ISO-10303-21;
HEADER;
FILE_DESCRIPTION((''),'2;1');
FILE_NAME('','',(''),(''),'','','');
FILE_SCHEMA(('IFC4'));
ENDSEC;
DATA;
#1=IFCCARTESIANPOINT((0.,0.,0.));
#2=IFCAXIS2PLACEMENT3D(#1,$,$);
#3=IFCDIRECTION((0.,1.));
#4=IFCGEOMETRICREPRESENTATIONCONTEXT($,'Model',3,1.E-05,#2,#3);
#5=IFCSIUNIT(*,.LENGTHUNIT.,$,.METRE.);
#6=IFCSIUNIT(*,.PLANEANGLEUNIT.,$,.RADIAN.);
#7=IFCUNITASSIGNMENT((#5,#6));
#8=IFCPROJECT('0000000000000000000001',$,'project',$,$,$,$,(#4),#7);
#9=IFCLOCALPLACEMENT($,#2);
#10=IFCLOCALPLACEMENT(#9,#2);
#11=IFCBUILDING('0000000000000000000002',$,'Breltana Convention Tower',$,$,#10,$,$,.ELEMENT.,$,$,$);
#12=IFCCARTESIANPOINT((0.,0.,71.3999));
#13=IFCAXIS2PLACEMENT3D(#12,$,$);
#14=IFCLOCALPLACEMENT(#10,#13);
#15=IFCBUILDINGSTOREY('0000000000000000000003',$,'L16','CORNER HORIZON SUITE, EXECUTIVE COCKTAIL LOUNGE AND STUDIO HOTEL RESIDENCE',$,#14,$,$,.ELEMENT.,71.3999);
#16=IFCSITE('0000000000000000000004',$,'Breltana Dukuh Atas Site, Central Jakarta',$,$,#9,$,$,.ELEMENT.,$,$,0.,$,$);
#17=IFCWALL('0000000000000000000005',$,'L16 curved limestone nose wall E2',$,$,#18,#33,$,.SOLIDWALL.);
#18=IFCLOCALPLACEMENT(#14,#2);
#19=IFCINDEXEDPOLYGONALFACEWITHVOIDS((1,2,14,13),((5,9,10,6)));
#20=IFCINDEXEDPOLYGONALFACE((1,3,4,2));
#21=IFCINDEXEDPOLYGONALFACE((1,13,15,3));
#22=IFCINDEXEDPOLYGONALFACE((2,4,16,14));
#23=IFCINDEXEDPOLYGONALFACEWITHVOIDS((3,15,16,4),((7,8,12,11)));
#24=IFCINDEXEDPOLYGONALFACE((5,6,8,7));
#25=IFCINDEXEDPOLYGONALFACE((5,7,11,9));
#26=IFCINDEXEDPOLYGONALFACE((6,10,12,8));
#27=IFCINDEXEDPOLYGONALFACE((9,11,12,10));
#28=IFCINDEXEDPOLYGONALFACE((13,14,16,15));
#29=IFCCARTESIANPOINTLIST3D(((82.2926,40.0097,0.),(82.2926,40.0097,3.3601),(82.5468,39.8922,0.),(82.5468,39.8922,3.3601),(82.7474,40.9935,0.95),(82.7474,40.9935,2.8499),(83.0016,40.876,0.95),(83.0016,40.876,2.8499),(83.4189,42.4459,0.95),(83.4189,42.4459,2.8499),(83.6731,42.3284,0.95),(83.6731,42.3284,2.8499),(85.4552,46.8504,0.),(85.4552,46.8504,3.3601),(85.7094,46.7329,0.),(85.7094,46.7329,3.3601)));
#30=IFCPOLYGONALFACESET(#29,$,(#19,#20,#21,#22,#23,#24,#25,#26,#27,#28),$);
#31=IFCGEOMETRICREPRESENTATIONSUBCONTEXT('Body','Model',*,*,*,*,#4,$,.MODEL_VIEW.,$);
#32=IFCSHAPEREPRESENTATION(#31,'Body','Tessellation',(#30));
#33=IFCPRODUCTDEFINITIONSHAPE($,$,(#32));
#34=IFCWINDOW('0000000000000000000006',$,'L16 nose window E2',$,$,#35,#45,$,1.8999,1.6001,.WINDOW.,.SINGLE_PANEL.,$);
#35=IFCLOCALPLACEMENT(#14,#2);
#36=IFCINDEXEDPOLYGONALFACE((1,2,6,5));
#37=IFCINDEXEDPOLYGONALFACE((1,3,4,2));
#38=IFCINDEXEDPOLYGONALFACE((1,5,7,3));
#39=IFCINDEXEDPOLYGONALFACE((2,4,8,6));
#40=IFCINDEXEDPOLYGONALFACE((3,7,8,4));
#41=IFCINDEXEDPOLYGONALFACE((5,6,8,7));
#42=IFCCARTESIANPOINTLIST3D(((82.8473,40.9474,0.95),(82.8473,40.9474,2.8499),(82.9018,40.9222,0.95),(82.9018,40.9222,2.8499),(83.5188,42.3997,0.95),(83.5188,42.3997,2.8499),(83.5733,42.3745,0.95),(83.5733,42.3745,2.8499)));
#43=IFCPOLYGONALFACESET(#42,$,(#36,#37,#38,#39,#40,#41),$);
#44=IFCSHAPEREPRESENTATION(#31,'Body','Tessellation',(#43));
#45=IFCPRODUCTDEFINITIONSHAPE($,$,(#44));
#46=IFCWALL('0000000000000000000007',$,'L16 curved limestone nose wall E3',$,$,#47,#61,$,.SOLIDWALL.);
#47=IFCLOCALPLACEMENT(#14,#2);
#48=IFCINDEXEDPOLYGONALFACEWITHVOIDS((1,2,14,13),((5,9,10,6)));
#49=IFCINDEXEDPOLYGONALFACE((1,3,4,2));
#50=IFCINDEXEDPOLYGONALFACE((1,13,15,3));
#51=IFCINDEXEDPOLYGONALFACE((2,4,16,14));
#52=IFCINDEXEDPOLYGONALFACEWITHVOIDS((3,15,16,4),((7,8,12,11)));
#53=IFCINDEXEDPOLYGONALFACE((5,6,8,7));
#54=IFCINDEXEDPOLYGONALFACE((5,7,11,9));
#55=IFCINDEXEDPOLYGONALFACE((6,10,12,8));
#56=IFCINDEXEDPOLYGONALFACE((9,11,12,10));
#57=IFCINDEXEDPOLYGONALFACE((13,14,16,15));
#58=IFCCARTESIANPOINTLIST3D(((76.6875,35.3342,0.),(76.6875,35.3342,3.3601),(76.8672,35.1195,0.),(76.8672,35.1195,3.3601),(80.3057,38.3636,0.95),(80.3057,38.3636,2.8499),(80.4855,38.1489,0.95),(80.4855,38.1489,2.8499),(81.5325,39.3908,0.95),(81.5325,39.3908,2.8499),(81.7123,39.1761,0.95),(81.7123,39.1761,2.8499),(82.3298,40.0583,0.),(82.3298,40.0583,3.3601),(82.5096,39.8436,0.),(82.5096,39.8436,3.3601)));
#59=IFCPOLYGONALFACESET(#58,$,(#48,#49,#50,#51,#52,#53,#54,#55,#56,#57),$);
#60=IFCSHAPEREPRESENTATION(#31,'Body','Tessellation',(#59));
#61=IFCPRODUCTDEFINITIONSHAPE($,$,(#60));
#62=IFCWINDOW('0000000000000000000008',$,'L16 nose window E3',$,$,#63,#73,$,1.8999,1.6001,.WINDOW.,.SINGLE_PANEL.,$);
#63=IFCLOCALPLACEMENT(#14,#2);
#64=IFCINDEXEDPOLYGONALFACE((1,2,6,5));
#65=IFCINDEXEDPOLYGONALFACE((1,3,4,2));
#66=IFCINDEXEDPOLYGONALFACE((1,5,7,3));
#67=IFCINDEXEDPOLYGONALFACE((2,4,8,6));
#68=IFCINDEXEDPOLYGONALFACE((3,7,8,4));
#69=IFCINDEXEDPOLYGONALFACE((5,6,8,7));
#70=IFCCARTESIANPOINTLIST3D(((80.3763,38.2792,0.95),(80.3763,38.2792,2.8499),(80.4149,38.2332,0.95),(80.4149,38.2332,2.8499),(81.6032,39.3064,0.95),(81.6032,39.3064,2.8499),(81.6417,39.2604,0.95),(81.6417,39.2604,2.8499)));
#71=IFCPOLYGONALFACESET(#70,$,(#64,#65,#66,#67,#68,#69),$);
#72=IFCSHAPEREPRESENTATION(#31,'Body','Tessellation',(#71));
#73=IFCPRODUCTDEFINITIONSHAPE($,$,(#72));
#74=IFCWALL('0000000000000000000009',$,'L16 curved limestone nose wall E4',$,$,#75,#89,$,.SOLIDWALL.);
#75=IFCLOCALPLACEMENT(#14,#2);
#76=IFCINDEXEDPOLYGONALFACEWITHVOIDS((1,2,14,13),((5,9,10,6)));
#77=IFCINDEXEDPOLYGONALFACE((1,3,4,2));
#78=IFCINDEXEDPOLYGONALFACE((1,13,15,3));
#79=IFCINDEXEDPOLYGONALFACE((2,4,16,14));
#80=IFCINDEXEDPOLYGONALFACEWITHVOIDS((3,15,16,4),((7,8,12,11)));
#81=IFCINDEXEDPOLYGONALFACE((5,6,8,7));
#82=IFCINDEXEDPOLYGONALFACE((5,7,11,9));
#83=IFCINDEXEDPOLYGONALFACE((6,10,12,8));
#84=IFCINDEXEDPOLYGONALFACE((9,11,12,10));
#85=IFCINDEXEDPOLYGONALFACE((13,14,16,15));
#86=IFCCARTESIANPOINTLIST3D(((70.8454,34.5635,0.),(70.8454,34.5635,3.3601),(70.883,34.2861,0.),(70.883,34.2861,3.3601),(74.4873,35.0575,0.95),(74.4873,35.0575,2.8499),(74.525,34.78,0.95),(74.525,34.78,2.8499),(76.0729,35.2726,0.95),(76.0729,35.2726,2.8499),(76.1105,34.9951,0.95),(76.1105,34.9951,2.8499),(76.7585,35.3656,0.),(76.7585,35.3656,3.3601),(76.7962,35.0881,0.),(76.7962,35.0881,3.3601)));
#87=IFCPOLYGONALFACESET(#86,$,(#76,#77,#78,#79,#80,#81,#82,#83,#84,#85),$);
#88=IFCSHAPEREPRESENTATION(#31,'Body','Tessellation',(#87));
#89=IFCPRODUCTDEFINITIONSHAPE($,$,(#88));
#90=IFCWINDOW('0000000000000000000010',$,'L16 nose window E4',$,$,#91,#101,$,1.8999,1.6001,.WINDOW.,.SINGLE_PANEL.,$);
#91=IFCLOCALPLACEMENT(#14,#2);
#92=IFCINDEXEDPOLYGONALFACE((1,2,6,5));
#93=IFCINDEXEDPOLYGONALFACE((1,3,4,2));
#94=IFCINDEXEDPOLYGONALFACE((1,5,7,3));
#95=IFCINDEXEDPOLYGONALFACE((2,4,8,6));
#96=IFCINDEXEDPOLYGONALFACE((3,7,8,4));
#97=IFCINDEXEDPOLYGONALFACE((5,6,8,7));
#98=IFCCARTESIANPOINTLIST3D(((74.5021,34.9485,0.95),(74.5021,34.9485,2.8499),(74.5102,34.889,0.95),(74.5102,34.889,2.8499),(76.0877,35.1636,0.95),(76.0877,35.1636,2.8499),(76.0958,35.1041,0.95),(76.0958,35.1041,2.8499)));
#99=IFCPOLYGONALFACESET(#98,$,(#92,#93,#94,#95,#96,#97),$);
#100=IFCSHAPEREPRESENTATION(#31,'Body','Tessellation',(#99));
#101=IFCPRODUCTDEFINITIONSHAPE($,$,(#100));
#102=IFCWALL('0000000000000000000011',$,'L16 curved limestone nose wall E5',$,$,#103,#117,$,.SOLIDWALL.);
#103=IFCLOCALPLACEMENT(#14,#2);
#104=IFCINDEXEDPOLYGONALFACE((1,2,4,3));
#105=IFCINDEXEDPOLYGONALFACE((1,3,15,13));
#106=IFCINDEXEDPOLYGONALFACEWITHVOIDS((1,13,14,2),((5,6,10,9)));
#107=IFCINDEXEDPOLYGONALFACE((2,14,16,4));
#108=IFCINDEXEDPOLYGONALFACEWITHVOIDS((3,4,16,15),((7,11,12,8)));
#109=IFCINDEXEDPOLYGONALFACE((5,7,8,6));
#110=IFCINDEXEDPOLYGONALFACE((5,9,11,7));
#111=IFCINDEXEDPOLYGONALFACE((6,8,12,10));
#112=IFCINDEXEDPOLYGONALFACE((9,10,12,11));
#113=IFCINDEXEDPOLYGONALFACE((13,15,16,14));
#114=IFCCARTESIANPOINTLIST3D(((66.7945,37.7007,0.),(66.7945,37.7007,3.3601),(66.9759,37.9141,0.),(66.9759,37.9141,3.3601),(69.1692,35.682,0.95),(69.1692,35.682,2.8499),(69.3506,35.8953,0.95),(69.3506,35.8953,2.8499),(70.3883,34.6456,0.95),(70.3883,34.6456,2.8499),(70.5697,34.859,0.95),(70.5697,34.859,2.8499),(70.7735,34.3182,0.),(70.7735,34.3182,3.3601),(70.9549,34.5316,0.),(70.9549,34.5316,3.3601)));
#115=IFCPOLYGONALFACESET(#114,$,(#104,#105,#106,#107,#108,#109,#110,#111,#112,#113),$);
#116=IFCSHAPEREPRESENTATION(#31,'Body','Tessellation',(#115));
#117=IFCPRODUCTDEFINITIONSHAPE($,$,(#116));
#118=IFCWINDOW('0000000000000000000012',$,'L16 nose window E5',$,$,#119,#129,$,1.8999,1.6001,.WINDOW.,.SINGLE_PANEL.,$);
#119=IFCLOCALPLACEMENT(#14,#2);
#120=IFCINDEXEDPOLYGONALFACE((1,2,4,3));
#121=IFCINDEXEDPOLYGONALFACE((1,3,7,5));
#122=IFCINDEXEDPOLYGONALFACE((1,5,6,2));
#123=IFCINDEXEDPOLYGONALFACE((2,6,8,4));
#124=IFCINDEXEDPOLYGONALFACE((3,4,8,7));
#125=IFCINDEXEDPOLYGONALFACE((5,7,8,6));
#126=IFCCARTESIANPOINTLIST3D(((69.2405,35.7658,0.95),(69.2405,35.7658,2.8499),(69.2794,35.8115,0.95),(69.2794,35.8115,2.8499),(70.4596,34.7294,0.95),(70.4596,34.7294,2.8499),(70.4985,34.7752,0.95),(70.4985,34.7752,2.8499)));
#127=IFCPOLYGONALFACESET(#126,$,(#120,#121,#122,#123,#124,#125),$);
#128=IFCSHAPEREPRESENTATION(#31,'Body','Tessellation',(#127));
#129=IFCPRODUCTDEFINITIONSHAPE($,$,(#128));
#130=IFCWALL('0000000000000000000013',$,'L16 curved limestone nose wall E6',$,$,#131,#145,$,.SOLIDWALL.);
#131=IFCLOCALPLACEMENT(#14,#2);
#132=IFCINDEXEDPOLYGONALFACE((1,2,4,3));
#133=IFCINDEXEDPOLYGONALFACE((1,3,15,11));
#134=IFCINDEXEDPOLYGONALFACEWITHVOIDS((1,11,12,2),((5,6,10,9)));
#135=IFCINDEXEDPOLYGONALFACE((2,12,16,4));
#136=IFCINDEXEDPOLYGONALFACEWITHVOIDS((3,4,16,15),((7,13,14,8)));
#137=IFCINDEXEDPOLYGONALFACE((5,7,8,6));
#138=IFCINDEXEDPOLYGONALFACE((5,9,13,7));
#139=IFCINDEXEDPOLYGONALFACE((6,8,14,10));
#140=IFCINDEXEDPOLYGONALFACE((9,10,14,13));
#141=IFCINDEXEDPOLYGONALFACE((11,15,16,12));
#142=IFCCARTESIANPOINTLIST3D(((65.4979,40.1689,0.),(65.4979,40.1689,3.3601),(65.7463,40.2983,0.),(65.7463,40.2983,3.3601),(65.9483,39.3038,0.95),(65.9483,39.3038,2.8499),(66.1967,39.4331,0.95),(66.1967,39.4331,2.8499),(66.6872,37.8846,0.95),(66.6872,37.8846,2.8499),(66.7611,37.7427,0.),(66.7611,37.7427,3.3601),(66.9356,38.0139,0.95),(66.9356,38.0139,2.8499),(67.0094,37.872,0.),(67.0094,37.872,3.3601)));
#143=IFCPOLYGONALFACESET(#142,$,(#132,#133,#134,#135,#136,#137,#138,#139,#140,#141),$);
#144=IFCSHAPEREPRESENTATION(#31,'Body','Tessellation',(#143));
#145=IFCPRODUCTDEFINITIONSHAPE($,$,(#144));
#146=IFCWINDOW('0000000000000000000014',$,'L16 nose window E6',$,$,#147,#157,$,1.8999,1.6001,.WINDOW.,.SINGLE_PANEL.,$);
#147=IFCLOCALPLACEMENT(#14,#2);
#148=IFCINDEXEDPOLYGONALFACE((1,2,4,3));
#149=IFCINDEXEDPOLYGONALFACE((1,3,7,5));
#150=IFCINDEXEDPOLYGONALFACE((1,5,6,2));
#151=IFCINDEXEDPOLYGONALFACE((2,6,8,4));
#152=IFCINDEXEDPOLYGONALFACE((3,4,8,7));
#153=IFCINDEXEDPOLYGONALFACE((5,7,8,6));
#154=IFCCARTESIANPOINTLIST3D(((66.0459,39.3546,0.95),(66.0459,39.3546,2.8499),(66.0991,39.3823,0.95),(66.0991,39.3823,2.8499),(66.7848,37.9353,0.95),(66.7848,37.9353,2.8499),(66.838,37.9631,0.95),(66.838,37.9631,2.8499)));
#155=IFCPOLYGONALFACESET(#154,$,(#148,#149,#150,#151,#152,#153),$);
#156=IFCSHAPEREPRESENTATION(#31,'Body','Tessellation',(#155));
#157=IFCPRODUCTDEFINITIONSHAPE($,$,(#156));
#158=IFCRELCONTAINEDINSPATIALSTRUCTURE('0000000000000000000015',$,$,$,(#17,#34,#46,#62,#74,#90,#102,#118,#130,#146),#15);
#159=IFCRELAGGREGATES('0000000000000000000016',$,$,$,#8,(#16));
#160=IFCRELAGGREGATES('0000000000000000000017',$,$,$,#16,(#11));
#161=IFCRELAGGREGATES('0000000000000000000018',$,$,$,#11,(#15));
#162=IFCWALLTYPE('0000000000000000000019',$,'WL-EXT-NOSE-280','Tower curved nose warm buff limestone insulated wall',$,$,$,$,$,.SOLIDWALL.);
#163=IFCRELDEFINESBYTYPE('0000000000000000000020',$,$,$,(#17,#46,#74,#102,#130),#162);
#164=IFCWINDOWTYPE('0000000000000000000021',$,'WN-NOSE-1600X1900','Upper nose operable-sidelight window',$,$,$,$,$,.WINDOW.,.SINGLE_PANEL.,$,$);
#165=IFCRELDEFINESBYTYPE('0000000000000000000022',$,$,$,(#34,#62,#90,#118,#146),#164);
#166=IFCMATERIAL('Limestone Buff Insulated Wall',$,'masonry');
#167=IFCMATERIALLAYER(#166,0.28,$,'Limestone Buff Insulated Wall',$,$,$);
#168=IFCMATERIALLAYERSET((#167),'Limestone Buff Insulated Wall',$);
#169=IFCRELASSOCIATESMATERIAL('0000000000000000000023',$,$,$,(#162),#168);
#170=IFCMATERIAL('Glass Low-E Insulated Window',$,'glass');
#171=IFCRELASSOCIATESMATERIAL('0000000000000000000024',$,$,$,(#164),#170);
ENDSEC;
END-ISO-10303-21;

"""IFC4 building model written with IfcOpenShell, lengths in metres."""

from ifc_helpers import new_model, si_unit, direction, frame, frame_2d, origin, place, context, subcontext, project, spatial, rectangle, extrude, source, transform, mapped, material, layer, layer_set, type_object, type_shapes, element, fill, save


model = new_model("IFC4")

# Units and contexts
model_context = context("Model", 3, precision=1e-05, world=origin(), true_north=direction((0.0, 1.0)))
body_context = subcontext(model_context, "Body", "Model", "MODEL_VIEW")
ifc_project = project(units=[si_unit("LENGTHUNIT", "METRE"), si_unit("PLANEANGLEUNIT", "RADIAN")], contexts=[model_context])

# Site, building, storey
site_placement = place(None, origin())
site = spatial("IfcSite", under=ifc_project, at=site_placement, Name="Breltana Dukuh Atas Site, Central Jakarta", CompositionType="ELEMENT", RefElevation=0.0)
building_placement = place(site_placement, origin())
building = spatial("IfcBuilding", under=site, at=building_placement, Name="Breltana Convention Tower", CompositionType="ELEMENT")
storey_placement = place(building_placement, frame((0.0, 0.0, 71.3999)))
storey = spatial("IfcBuildingStorey", under=building, at=storey_placement, Name="L16", Description="CORNER HORIZON SUITE, EXECUTIVE COCKTAIL LOUNGE AND STUDIO HOTEL RESIDENCE", CompositionType="ELEMENT", Elevation=71.3999)

# Walls, openings, windows
ifc_material_1 = material(Name="Limestone Buff Insulated Wall", Category="masonry")
ifc_layer_1 = layer(ifc_material_1, 0.28, Name="Limestone Buff Insulated Wall")
ifc_layer_set_1 = layer_set([ifc_layer_1], Name="Limestone Buff Insulated Wall")
wall_type_1 = type_object("IfcWallType", Name="WL-EXT-NOSE-280", Description="Tower curved nose warm buff limestone insulated wall", PredefinedType="SOLIDWALL", material=ifc_layer_set_1)
shared_shape_1 = source(origin(), body_context, "Body", "SweptSolid", [
    extrude(rectangle(XDim=7.5364, YDim=0.28, at=frame_2d((3.7681, 0.0))), origin(), (0.0, 0.0, 1.0), 3.3601),
])
wall_1_placement = place(storey_placement, frame((85.5823, 46.7915, 0.0), z_axis=(0.0, 0.0, 1.0), x_axis=(-0.41965, -0.907686, 0.0)))
wall_1 = element("IfcWall", 1, at=wall_1_placement, inside=storey, type_object=wall_type_1, Name="L16 curved limestone nose wall E2", PredefinedType="SOLIDWALL", context=body_context, shape_type="MappedRepresentation", body=[
    mapped(shared_shape_1, transform((0.0, 0.0, 0.0), scale=1.0)),
])
opening_1_placement = place(wall_1_placement, frame((4.8523, 0.0, 0.95)))
opening_1 = element("IfcOpeningElement", 2, at=opening_1_placement, cuts=wall_1, PredefinedType="OPENING", context=body_context, shape_type="SweptSolid", body=[
    extrude(rectangle(XDim=1.6001, YDim=1.8999, at=frame_2d((0.8, 0.95))), frame((0.0, 0.1499, 0.0), z_axis=(0.0, -1.0, 0.0), x_axis=(1.0, 0.0, 0.0)), (0.0, 0.0, 1.0), 0.3),
])
ifc_material_2 = material(Name="Glass Low-E Insulated Window", Category="glass")
window_type = type_object("IfcWindowType", Name="WN-NOSE-1600X1900", Description="Upper nose operable-sidelight window", PartitioningType="SINGLE_PANEL", PredefinedType="WINDOW", material=ifc_material_2)
shared_shape_2 = source(origin(), body_context, "Body", "SweptSolid", [
    extrude(rectangle(XDim=1.6001, YDim=1.8999, at=frame_2d((0.8, 0.95))), frame((0.0, 0.03, 0.0), z_axis=(0.0, -1.0, 0.0), x_axis=(1.0, 0.0, 0.0)), (0.0, 0.0, 1.0), 0.0601),
])
type_shapes(window_type, [shared_shape_2])
window_1_placement = place(opening_1_placement, origin())
window_1 = element("IfcWindow", 3, at=window_1_placement, inside=storey, type_object=window_type, Name="L16 nose window E2", OverallHeight=1.8999, OverallWidth=1.6001, PartitioningType="SINGLE_PANEL", PredefinedType="WINDOW", context=body_context, shape_type="MappedRepresentation", body=[
    mapped(shared_shape_2, transform((0.0, 0.0, 0.0), scale=1.0)),
])
fill(opening_1, window_1)
shared_shape_3 = source(origin(), body_context, "Body", "SweptSolid", [
    extrude(rectangle(XDim=7.3589, YDim=0.28, at=frame_2d((3.6794, 0.0))), origin(), (0.0, 0.0, 1.0), 3.3601),
])
wall_2_placement = place(storey_placement, frame((82.4197, 39.9509, 0.0), z_axis=(0.0, 0.0, 1.0), x_axis=(-0.766737, -0.641961, 0.0)))
wall_2 = element("IfcWall", 4, at=wall_2_placement, inside=storey, type_object=wall_type_1, Name="L16 curved limestone nose wall E3", PredefinedType="SOLIDWALL", context=body_context, shape_type="MappedRepresentation", body=[
    mapped(shared_shape_3, transform((0.0, 0.0, 0.0), scale=1.0)),
])
opening_2_placement = place(wall_2_placement, frame((1.0398, 0.0, 0.95)))
opening_2 = element("IfcOpeningElement", 5, at=opening_2_placement, cuts=wall_2, PredefinedType="OPENING", context=body_context, shape_type="SweptSolid", body=[
    extrude(rectangle(XDim=1.6001, YDim=1.8999, at=frame_2d((0.8, 0.95))), frame((0.0, 0.1499, 0.0), z_axis=(0.0, -1.0, 0.0), x_axis=(1.0, 0.0, 0.0)), (0.0, 0.0, 1.0), 0.3),
])
window_2_placement = place(opening_2_placement, origin())
window_2 = element("IfcWindow", 6, at=window_2_placement, inside=storey, type_object=window_type, Name="L16 nose window E3", OverallHeight=1.8999, OverallWidth=1.6001, PartitioningType="SINGLE_PANEL", PredefinedType="WINDOW", context=body_context, shape_type="MappedRepresentation", body=[
    mapped(shared_shape_2, transform((0.0, 0.0, 0.0), scale=1.0)),
])
fill(opening_2, window_2)
shared_shape_4 = source(origin(), body_context, "Body", "SweptSolid", [
    extrude(rectangle(XDim=5.9673, YDim=0.28, at=frame_2d((2.9836, 0.0))), origin(), (0.0, 0.0, 1.0), 3.3601),
])
wall_3_placement = place(storey_placement, frame((76.7773, 35.2268, 0.0), z_axis=(0.0, 0.0, 1.0), x_axis=(-0.990927, -0.134401, 0.0)))
wall_3 = element("IfcWall", 7, at=wall_3_placement, inside=storey, type_object=wall_type_1, Name="L16 curved limestone nose wall E4", PredefinedType="SOLIDWALL", context=body_context, shape_type="MappedRepresentation", body=[
    mapped(shared_shape_4, transform((0.0, 0.0, 0.0), scale=1.0)),
])
opening_3_placement = place(wall_3_placement, frame((0.6919, 0.0, 0.95)))
opening_3 = element("IfcOpeningElement", 8, at=opening_3_placement, cuts=wall_3, PredefinedType="OPENING", context=body_context, shape_type="SweptSolid", body=[
    extrude(rectangle(XDim=1.6001, YDim=1.8999, at=frame_2d((0.8, 0.95))), frame((0.0, 0.1499, 0.0), z_axis=(0.0, -1.0, 0.0), x_axis=(1.0, 0.0, 0.0)), (0.0, 0.0, 1.0), 0.3),
])
window_3_placement = place(opening_3_placement, origin())
window_3 = element("IfcWindow", 9, at=window_3_placement, inside=storey, type_object=window_type, Name="L16 nose window E4", OverallHeight=1.8999, OverallWidth=1.6001, PartitioningType="SINGLE_PANEL", PredefinedType="WINDOW", context=body_context, shape_type="MappedRepresentation", body=[
    mapped(shared_shape_2, transform((0.0, 0.0, 0.0), scale=1.0)),
])
fill(opening_3, window_3)
shared_shape_5 = source(origin(), body_context, "Body", "SweptSolid", [
    extrude(rectangle(XDim=5.2224, YDim=0.28, at=frame_2d((2.6113, 0.0))), origin(), (0.0, 0.0, 1.0), 3.3601),
])
wall_4_placement = place(storey_placement, frame((70.8643, 34.4248, 0.0), z_axis=(0.0, 0.0, 1.0), x_axis=(-0.7619, 0.647695, 0.0)))
wall_4 = element("IfcWall", 10, at=wall_4_placement, inside=storey, type_object=wall_type_1, Name="L16 curved limestone nose wall E5", PredefinedType="SOLIDWALL", context=body_context, shape_type="MappedRepresentation", body=[
    mapped(shared_shape_5, transform((0.0, 0.0, 0.0), scale=1.0)),
])
opening_4_placement = place(wall_4_placement, frame((0.5056, 0.0, 0.95)))
opening_4 = element("IfcOpeningElement", 11, at=opening_4_placement, cuts=wall_4, PredefinedType="OPENING", context=body_context, shape_type="SweptSolid", body=[
    extrude(rectangle(XDim=1.6001, YDim=1.8999, at=frame_2d((0.8, 0.95))), frame((0.0, 0.1499, 0.0), z_axis=(0.0, -1.0, 0.0), x_axis=(1.0, 0.0, 0.0)), (0.0, 0.0, 1.0), 0.3),
])
window_4_placement = place(opening_4_placement, origin())
window_4 = element("IfcWindow", 12, at=window_4_placement, inside=storey, type_object=window_type, Name="L16 nose window E5", OverallHeight=1.8999, OverallWidth=1.6001, PartitioningType="SINGLE_PANEL", PredefinedType="WINDOW", context=body_context, shape_type="MappedRepresentation", body=[
    mapped(shared_shape_2, transform((0.0, 0.0, 0.0), scale=1.0)),
])
fill(opening_4, window_4)
shared_shape_6 = source(origin(), body_context, "Body", "SweptSolid", [
    extrude(rectangle(XDim=2.7354, YDim=0.28, at=frame_2d((1.3677, 0.0))), origin(), (0.0, 0.0, 1.0), 3.3601),
])
wall_5_placement = place(storey_placement, frame((66.8853, 37.8074, 0.0), z_axis=(0.0, 0.0, 1.0), x_axis=(-0.461791, 0.886989, 0.0)))
wall_5 = element("IfcWall", 13, at=wall_5_placement, inside=storey, type_object=wall_type_1, Name="L16 curved limestone nose wall E6", PredefinedType="SOLIDWALL", context=body_context, shape_type="MappedRepresentation", body=[
    mapped(shared_shape_6, transform((0.0, 0.0, 0.0), scale=1.0)),
])
opening_5_placement = place(wall_5_placement, frame((0.1599, 0.0, 0.95)))
opening_5 = element("IfcOpeningElement", 14, at=opening_5_placement, cuts=wall_5, PredefinedType="OPENING", context=body_context, shape_type="SweptSolid", body=[
    extrude(rectangle(XDim=1.6001, YDim=1.8999, at=frame_2d((0.8, 0.95))), frame((0.0, 0.1499, 0.0), z_axis=(0.0, -1.0, 0.0), x_axis=(1.0, 0.0, 0.0)), (0.0, 0.0, 1.0), 0.3),
])
window_5_placement = place(opening_5_placement, origin())
window_5 = element("IfcWindow", 15, at=window_5_placement, inside=storey, type_object=window_type, Name="L16 nose window E6", OverallHeight=1.8999, OverallWidth=1.6001, PartitioningType="SINGLE_PANEL", PredefinedType="WINDOW", context=body_context, shape_type="MappedRepresentation", body=[
    mapped(shared_shape_2, transform((0.0, 0.0, 0.0), scale=1.0)),
])
fill(opening_5, window_5)

save(model, "model.ifc")
